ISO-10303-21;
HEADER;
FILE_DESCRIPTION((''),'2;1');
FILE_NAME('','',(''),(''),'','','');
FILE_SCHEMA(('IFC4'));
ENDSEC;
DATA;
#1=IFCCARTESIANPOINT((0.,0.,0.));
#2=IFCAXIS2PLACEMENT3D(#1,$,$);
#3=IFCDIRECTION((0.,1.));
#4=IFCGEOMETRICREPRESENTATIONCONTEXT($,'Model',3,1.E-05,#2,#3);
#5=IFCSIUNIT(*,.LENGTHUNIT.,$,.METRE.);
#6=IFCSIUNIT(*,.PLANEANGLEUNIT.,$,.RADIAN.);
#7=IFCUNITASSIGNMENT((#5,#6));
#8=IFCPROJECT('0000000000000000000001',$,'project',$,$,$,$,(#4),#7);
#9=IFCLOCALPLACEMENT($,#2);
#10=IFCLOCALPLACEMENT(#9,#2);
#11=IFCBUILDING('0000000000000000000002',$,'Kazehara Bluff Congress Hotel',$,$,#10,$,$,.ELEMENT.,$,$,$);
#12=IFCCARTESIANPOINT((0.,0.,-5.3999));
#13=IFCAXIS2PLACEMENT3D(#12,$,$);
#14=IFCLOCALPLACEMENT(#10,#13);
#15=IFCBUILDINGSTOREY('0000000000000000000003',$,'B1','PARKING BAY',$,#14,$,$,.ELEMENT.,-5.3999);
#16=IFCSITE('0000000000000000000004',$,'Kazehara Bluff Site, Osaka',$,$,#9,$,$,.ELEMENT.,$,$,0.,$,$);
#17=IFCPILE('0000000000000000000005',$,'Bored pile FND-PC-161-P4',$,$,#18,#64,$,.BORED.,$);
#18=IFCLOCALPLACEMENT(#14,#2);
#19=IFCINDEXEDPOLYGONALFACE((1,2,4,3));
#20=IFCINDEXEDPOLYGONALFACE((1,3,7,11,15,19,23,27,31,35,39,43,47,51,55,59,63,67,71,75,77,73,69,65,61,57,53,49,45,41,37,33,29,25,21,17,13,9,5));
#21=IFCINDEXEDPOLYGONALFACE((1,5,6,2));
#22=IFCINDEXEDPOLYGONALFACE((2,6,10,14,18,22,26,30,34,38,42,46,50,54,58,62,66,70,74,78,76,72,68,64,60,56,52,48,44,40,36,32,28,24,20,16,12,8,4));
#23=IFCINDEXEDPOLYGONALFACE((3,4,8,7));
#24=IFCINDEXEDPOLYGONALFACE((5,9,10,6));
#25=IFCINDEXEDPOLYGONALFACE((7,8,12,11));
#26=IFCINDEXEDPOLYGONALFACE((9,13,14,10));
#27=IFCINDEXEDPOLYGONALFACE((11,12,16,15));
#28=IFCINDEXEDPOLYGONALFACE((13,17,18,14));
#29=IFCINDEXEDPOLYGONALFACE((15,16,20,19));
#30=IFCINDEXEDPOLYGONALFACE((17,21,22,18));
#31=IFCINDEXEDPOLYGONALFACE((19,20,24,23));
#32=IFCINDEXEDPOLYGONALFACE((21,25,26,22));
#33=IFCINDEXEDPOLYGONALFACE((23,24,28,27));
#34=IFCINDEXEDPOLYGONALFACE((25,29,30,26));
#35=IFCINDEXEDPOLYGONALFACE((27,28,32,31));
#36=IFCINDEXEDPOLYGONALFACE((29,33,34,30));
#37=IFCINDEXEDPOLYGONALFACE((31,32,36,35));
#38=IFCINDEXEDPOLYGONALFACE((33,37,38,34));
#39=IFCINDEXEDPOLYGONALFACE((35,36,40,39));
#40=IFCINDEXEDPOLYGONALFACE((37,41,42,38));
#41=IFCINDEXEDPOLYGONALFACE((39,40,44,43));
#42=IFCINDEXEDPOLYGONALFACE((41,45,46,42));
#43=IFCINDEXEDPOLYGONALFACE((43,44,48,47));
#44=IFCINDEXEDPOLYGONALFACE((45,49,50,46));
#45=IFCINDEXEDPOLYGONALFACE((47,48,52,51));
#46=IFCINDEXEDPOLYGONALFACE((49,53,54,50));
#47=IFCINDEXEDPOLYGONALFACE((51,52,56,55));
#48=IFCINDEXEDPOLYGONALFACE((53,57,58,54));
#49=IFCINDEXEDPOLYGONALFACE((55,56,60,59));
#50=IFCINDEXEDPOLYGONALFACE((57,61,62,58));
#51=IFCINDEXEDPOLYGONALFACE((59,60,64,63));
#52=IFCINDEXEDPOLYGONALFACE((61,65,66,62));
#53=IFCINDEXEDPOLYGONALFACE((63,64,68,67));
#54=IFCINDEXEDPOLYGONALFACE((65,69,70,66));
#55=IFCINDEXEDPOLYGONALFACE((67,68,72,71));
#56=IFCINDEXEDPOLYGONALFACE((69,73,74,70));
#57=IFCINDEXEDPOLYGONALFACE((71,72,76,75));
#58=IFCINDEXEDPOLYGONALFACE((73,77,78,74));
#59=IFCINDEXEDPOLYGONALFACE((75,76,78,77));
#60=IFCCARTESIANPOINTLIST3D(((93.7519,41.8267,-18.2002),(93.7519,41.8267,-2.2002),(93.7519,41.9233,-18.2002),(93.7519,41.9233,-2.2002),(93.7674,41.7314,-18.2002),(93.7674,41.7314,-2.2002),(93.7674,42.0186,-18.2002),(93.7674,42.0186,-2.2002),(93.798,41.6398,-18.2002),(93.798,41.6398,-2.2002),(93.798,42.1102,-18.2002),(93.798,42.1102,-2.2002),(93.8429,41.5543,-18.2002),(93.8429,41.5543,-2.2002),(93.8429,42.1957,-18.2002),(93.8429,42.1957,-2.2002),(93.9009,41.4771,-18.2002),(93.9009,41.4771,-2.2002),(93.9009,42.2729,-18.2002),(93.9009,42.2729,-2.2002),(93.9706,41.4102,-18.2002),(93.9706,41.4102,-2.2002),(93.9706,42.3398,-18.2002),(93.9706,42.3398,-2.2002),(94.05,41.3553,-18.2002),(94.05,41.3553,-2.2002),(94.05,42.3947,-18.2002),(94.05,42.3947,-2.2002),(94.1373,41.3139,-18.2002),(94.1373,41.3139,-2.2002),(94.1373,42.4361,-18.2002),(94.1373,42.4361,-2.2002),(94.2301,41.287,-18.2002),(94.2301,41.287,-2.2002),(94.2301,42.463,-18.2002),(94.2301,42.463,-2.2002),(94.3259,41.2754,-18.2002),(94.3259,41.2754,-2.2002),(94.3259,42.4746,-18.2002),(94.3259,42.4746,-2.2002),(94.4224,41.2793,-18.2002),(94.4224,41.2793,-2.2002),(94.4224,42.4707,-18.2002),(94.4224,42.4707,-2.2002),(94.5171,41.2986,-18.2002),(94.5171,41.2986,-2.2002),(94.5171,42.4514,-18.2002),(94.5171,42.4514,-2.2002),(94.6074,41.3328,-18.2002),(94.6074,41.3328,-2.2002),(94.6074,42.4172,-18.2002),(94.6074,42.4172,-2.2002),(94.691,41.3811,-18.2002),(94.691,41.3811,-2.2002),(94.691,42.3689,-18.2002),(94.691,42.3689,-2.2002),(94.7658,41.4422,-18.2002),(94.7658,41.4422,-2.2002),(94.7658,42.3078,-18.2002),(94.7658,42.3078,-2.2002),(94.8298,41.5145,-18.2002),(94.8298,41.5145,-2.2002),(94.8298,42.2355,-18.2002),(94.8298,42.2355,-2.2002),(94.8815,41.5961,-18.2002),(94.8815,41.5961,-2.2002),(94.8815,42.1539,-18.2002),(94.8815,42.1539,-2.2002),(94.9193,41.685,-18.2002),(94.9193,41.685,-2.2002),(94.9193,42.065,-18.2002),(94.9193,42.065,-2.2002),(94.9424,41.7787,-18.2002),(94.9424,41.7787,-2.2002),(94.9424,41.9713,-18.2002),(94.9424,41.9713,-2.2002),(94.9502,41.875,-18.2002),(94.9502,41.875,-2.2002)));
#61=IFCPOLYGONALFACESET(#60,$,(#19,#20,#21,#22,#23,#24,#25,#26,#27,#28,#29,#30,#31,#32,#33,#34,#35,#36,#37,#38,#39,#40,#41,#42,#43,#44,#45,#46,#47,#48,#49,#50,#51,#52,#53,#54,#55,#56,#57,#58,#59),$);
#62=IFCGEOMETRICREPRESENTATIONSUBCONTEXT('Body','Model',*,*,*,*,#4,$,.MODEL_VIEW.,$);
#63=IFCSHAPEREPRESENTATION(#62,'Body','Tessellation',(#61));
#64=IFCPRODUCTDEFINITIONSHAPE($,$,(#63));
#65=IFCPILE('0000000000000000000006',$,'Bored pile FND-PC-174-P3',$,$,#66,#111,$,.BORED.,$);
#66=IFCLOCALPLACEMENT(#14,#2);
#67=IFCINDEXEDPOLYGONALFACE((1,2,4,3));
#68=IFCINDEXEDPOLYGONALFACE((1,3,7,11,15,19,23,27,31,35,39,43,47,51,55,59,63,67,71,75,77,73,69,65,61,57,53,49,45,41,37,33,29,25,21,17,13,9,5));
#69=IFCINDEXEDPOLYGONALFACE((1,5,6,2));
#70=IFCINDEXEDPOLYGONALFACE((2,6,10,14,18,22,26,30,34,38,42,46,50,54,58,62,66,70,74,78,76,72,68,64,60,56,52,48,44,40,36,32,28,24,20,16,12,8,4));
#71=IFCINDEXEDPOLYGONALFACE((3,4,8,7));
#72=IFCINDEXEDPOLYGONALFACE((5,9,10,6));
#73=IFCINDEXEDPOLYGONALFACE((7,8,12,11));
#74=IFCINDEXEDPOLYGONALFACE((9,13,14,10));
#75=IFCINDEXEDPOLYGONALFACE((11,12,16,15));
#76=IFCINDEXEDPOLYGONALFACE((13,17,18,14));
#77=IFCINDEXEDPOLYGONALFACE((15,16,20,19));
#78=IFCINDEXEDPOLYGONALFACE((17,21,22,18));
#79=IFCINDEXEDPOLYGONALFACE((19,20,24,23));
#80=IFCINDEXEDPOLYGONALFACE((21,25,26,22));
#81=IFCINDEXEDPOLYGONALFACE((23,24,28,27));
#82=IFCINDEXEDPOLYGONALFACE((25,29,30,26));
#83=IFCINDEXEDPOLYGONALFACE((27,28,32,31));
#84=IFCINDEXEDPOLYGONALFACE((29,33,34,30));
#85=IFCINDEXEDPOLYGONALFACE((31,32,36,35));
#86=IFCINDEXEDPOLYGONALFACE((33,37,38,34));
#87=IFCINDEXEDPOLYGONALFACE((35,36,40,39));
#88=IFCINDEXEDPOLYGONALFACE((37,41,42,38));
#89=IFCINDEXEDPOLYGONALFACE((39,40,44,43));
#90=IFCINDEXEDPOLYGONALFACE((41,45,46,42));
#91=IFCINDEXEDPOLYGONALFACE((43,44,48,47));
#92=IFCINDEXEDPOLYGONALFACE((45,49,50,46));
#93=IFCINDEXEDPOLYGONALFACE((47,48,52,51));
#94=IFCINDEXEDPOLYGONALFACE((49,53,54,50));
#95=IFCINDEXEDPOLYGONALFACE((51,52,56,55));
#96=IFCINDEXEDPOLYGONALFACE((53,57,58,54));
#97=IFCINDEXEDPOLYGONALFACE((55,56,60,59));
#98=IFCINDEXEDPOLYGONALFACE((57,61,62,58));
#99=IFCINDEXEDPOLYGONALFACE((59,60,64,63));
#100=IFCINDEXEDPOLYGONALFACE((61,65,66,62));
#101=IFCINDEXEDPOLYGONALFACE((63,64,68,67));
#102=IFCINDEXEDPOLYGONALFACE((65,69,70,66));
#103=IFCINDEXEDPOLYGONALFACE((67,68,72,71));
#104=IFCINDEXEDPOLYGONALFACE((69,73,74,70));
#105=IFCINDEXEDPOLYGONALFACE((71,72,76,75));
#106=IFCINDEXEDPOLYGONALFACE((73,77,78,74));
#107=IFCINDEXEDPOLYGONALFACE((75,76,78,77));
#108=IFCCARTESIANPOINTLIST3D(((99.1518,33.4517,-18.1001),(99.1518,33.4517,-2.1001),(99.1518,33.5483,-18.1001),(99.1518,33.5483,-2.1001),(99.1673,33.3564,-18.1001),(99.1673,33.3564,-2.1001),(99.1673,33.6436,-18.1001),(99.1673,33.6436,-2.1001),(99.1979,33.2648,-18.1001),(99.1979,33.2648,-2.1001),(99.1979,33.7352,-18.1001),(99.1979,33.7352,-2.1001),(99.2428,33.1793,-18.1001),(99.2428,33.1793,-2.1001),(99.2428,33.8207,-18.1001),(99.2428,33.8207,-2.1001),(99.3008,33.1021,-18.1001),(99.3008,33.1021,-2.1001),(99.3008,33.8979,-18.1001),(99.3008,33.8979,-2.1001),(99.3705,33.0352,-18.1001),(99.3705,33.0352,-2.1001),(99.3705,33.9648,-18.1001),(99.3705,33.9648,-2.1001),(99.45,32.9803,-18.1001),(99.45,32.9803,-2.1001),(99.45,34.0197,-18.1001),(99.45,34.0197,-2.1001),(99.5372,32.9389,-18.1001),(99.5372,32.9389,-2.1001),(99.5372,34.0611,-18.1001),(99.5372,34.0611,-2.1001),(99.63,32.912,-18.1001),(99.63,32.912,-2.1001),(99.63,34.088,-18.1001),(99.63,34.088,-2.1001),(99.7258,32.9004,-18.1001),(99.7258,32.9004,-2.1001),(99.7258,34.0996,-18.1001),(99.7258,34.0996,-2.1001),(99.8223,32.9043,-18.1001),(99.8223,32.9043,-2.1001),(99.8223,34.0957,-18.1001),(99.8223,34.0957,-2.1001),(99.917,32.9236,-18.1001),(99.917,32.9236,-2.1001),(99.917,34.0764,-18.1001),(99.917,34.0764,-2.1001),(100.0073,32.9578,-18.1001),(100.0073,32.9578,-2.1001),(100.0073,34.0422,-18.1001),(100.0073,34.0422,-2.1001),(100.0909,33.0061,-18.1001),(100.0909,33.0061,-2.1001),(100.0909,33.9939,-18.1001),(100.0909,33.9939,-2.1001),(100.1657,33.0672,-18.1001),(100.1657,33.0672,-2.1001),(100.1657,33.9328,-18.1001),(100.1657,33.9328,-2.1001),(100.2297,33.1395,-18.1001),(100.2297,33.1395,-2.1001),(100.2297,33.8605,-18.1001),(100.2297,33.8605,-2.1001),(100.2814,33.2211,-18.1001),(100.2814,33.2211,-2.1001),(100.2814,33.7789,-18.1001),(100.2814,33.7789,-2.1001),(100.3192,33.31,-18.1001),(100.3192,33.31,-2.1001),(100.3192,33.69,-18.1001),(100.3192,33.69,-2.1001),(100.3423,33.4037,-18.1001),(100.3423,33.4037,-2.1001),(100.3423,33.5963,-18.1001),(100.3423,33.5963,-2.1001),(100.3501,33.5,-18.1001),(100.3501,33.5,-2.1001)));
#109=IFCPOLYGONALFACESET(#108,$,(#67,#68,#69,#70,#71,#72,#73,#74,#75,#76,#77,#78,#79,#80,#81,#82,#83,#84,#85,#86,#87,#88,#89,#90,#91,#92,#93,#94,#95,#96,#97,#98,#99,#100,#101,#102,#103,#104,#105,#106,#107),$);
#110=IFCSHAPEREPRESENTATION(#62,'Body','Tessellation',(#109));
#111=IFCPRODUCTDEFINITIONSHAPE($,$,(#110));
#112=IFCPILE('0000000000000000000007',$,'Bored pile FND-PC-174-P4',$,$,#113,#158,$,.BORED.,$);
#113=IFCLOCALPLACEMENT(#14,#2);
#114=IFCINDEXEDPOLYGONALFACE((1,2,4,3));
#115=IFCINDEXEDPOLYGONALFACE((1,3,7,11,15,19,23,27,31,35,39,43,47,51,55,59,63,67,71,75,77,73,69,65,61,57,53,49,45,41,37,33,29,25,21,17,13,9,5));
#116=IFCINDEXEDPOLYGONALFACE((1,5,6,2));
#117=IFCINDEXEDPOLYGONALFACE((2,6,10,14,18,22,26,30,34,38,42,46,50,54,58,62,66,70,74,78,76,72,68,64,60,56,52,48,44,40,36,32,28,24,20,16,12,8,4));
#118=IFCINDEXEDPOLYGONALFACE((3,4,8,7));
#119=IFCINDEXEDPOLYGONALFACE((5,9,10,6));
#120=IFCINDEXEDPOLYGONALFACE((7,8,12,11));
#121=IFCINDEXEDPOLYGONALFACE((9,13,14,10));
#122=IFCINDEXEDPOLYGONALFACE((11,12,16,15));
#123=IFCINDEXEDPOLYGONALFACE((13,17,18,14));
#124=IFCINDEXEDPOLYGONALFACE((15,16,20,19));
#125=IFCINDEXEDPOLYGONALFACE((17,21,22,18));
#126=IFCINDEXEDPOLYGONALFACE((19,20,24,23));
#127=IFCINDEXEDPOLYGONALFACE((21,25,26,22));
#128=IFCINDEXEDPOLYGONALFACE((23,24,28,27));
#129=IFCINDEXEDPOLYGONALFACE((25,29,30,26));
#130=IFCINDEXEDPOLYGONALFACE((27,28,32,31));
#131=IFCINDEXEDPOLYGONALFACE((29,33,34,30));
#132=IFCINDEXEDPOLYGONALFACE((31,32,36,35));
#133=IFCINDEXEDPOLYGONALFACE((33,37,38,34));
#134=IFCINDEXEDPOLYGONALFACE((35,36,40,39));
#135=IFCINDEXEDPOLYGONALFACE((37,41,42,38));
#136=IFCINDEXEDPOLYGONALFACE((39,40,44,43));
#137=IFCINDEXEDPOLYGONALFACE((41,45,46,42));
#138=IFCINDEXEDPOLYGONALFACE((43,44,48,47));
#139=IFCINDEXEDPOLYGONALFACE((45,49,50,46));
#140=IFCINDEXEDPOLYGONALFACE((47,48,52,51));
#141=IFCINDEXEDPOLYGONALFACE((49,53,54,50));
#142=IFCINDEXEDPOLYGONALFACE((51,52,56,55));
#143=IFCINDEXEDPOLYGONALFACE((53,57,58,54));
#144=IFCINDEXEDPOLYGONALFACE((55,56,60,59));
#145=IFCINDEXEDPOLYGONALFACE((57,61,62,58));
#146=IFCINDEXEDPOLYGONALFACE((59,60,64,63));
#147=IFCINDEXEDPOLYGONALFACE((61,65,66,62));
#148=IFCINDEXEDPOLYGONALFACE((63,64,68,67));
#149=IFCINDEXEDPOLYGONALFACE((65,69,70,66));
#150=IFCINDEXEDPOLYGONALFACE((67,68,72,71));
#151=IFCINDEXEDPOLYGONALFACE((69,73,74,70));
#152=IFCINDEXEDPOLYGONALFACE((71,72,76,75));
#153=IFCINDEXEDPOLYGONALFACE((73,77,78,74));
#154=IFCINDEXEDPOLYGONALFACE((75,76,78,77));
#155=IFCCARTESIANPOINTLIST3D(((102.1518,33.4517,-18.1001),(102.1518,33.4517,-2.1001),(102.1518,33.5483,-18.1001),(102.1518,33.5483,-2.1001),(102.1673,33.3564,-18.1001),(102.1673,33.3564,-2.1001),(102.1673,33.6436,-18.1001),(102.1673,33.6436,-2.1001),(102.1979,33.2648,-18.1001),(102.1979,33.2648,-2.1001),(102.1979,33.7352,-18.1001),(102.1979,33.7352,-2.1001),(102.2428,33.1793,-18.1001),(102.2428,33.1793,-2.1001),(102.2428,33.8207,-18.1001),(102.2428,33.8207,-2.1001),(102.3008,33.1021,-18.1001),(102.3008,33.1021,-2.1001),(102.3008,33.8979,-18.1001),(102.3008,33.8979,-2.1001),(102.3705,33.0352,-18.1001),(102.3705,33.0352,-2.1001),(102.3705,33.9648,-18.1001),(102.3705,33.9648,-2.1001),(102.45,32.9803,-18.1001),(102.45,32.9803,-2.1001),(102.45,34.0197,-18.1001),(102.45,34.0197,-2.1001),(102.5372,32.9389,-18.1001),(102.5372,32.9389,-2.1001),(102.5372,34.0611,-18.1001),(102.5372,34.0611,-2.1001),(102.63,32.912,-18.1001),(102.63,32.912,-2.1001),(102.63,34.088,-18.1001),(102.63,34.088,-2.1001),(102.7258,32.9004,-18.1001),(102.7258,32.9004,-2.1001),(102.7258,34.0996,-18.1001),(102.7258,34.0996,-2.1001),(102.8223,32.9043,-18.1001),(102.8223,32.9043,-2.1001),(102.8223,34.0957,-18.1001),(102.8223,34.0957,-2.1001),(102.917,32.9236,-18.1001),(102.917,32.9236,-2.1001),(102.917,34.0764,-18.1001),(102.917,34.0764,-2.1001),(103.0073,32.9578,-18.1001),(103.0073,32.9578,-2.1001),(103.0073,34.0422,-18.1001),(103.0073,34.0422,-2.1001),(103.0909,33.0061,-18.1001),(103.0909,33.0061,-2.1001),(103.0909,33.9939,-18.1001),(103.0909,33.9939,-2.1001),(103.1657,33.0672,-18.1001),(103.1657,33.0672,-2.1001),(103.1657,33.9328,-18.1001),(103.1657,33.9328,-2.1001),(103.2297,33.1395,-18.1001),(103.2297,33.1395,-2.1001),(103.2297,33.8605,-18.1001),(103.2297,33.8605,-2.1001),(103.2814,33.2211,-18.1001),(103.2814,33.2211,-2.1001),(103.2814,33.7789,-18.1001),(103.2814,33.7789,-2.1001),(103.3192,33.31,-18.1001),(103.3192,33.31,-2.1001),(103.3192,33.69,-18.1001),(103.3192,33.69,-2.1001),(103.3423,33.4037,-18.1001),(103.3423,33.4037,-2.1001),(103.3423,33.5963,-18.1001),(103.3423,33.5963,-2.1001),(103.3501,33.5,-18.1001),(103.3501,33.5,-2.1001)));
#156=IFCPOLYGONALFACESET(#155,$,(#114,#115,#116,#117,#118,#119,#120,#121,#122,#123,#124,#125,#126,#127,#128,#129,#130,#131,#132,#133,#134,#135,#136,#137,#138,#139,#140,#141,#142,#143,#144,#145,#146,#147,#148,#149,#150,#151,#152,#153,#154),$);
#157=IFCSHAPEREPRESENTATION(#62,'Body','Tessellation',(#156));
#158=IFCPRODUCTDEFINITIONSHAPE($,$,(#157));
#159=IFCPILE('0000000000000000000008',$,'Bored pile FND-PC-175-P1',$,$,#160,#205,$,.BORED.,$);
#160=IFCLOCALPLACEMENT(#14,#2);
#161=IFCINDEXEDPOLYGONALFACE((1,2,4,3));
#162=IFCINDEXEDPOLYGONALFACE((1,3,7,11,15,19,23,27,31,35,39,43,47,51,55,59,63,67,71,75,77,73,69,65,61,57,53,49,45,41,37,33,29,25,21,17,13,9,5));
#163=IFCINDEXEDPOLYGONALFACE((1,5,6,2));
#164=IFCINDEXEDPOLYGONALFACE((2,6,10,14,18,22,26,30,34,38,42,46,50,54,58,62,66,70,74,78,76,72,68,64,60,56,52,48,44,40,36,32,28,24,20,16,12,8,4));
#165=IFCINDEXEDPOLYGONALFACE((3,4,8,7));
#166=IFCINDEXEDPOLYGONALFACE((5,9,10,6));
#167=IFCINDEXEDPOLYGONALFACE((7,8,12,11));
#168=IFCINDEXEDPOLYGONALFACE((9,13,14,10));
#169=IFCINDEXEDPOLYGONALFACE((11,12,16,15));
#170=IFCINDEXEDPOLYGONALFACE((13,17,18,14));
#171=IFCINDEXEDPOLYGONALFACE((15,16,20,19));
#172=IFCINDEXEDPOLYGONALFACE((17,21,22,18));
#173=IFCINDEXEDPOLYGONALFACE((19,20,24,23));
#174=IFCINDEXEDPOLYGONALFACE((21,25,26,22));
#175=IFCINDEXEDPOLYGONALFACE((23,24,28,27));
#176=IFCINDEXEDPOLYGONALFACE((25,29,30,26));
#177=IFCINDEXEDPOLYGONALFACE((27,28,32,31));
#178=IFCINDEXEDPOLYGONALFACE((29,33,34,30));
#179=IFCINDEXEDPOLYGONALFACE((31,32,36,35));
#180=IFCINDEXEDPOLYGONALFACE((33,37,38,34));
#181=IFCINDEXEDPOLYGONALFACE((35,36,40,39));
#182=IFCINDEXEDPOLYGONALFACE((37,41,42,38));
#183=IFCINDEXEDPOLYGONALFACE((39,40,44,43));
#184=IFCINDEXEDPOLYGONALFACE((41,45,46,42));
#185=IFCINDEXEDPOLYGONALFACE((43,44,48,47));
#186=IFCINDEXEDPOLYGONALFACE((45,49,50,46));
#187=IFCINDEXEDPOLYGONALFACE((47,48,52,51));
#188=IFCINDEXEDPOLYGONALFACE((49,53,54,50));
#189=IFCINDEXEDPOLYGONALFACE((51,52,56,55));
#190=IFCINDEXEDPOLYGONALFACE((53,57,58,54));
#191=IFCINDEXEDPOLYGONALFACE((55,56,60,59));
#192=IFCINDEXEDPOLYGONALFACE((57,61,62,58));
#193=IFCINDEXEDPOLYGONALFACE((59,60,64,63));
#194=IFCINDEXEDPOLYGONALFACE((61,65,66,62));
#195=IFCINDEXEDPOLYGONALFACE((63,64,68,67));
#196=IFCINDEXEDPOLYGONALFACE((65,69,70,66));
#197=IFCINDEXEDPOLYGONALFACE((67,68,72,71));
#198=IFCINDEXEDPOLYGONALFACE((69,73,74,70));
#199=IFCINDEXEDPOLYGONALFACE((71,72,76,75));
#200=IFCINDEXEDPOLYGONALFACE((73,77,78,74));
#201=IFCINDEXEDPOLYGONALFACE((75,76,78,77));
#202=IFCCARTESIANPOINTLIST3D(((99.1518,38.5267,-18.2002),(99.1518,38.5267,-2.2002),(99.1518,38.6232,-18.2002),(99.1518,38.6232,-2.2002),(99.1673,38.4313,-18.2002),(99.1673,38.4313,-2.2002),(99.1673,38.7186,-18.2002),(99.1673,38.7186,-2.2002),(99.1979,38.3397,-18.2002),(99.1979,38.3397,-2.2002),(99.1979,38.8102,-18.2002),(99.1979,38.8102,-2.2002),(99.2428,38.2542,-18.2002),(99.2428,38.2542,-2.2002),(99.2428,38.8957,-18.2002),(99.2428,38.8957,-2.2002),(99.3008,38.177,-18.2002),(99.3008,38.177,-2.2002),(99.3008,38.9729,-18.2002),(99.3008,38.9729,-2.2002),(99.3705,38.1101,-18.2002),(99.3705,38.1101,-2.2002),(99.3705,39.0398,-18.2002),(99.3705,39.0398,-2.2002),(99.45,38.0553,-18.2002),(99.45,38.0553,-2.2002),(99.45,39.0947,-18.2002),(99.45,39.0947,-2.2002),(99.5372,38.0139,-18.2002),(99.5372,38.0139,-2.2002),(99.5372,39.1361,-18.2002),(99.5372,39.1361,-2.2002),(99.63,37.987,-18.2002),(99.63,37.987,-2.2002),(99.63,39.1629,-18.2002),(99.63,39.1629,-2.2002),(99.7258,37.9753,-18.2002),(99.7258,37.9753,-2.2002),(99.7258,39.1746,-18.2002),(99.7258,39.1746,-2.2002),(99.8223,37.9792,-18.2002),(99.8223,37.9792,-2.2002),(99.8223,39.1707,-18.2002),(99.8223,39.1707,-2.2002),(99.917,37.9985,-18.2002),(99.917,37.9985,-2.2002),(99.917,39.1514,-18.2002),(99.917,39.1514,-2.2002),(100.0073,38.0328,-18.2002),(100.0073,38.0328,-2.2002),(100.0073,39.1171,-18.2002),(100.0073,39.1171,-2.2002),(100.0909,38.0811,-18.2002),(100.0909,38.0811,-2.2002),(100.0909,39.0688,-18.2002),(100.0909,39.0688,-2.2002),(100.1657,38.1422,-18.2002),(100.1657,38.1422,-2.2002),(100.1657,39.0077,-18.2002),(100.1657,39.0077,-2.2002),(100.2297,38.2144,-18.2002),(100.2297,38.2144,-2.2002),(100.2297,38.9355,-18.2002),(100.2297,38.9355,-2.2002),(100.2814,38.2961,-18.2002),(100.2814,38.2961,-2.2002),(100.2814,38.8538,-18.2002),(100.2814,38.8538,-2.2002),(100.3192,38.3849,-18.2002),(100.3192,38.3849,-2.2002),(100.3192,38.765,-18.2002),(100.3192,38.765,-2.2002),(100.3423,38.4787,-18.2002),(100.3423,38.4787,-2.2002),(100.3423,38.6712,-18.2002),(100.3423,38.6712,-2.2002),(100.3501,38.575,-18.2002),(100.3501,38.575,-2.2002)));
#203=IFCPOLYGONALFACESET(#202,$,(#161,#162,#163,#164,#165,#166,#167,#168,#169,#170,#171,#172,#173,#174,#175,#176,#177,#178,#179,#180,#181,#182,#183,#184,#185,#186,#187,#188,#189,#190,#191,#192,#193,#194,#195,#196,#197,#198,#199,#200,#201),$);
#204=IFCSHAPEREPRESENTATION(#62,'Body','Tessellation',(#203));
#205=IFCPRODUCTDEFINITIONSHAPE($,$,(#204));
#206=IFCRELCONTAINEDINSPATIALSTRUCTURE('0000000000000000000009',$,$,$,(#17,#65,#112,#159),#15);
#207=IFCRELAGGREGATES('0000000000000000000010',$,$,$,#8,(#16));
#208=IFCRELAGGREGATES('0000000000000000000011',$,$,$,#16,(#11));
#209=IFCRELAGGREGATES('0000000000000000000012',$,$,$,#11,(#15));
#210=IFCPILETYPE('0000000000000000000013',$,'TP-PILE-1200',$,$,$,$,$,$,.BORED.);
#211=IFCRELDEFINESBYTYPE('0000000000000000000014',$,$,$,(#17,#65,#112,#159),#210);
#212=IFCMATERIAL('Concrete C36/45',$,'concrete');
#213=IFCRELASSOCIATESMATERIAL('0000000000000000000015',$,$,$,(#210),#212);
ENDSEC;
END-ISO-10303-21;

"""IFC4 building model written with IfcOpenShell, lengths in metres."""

from ifc_helpers import new_model, si_unit, direction, frame, origin, origin_2d, place, context, subcontext, project, spatial, circle, extrude, material, material_profile, profile_set, type_object, element, save


model = new_model("IFC4")

# Units and contexts
model_context = context("Model", 3, precision=1e-05, world=origin(), true_north=direction((0.0, 1.0)))
body_context = subcontext(model_context, "Body", "Model", "MODEL_VIEW")
ifc_project = project(units=[si_unit("LENGTHUNIT", "METRE"), si_unit("PLANEANGLEUNIT", "RADIAN")], contexts=[model_context])

# Site, building, storey
site_placement = place(None, origin())
site = spatial("IfcSite", under=ifc_project, at=site_placement, Name="Kazehara Bluff Site, Osaka", CompositionType="ELEMENT", RefElevation=0.0)
building_placement = place(site_placement, origin())
building = spatial("IfcBuilding", under=site, at=building_placement, Name="Kazehara Bluff Congress Hotel", CompositionType="ELEMENT")
storey_placement = place(building_placement, frame((0.0, 0.0, -5.3999)))
storey = spatial("IfcBuildingStorey", under=building, at=storey_placement, Name="B1", Description="PARKING BAY", CompositionType="ELEMENT", Elevation=-5.3999)

# Piles
ifc_material_1 = material(Name="Concrete C36/45", Category="concrete")
ifc_material_profile_1 = material_profile(ifc_material_1, circle(Radius=0.6001, at=origin_2d()))
ifc_profile_set_1 = profile_set([ifc_material_profile_1], Name="Concrete C36/45")
pile_type_1 = type_object("IfcPileType", Name="TP-PILE-1200", PredefinedType="BORED", material=ifc_profile_set_1)
for number, where, z_axis, x_axis, name in (
    (1, (94.3501, 41.875, -2.2002), (0.0, 0.0, -1.0), (1.0, 0.0, 0.0), "Bored pile FND-PC-161-P4"),
    (2, (99.75, 33.5, -2.1001), (0.0, 0.0, -1.0), (1.0, 0.0, 0.0), "Bored pile FND-PC-174-P3"),
    (3, (102.75, 33.5, -2.1001), (0.0, 0.0, -1.0), (1.0, 0.0, 0.0), "Bored pile FND-PC-174-P4"),
    (4, (99.75, 38.575, -2.2002), (0.0, 0.0, -1.0), (1.0, 0.0, 0.0), "Bored pile FND-PC-175-P1"),
):
    element("IfcPile", number, at=place(storey_placement, frame(where, z_axis=z_axis, x_axis=x_axis)), inside=storey, type_object=pile_type_1, Name=name, PredefinedType="BORED", context=body_context, shape_type="SweptSolid", body=[
        extrude(circle(Radius=0.6001, at=origin_2d()), origin(), (0.0, 0.0, 1.0), 16.0),
    ])

save(model, "model.ifc")
